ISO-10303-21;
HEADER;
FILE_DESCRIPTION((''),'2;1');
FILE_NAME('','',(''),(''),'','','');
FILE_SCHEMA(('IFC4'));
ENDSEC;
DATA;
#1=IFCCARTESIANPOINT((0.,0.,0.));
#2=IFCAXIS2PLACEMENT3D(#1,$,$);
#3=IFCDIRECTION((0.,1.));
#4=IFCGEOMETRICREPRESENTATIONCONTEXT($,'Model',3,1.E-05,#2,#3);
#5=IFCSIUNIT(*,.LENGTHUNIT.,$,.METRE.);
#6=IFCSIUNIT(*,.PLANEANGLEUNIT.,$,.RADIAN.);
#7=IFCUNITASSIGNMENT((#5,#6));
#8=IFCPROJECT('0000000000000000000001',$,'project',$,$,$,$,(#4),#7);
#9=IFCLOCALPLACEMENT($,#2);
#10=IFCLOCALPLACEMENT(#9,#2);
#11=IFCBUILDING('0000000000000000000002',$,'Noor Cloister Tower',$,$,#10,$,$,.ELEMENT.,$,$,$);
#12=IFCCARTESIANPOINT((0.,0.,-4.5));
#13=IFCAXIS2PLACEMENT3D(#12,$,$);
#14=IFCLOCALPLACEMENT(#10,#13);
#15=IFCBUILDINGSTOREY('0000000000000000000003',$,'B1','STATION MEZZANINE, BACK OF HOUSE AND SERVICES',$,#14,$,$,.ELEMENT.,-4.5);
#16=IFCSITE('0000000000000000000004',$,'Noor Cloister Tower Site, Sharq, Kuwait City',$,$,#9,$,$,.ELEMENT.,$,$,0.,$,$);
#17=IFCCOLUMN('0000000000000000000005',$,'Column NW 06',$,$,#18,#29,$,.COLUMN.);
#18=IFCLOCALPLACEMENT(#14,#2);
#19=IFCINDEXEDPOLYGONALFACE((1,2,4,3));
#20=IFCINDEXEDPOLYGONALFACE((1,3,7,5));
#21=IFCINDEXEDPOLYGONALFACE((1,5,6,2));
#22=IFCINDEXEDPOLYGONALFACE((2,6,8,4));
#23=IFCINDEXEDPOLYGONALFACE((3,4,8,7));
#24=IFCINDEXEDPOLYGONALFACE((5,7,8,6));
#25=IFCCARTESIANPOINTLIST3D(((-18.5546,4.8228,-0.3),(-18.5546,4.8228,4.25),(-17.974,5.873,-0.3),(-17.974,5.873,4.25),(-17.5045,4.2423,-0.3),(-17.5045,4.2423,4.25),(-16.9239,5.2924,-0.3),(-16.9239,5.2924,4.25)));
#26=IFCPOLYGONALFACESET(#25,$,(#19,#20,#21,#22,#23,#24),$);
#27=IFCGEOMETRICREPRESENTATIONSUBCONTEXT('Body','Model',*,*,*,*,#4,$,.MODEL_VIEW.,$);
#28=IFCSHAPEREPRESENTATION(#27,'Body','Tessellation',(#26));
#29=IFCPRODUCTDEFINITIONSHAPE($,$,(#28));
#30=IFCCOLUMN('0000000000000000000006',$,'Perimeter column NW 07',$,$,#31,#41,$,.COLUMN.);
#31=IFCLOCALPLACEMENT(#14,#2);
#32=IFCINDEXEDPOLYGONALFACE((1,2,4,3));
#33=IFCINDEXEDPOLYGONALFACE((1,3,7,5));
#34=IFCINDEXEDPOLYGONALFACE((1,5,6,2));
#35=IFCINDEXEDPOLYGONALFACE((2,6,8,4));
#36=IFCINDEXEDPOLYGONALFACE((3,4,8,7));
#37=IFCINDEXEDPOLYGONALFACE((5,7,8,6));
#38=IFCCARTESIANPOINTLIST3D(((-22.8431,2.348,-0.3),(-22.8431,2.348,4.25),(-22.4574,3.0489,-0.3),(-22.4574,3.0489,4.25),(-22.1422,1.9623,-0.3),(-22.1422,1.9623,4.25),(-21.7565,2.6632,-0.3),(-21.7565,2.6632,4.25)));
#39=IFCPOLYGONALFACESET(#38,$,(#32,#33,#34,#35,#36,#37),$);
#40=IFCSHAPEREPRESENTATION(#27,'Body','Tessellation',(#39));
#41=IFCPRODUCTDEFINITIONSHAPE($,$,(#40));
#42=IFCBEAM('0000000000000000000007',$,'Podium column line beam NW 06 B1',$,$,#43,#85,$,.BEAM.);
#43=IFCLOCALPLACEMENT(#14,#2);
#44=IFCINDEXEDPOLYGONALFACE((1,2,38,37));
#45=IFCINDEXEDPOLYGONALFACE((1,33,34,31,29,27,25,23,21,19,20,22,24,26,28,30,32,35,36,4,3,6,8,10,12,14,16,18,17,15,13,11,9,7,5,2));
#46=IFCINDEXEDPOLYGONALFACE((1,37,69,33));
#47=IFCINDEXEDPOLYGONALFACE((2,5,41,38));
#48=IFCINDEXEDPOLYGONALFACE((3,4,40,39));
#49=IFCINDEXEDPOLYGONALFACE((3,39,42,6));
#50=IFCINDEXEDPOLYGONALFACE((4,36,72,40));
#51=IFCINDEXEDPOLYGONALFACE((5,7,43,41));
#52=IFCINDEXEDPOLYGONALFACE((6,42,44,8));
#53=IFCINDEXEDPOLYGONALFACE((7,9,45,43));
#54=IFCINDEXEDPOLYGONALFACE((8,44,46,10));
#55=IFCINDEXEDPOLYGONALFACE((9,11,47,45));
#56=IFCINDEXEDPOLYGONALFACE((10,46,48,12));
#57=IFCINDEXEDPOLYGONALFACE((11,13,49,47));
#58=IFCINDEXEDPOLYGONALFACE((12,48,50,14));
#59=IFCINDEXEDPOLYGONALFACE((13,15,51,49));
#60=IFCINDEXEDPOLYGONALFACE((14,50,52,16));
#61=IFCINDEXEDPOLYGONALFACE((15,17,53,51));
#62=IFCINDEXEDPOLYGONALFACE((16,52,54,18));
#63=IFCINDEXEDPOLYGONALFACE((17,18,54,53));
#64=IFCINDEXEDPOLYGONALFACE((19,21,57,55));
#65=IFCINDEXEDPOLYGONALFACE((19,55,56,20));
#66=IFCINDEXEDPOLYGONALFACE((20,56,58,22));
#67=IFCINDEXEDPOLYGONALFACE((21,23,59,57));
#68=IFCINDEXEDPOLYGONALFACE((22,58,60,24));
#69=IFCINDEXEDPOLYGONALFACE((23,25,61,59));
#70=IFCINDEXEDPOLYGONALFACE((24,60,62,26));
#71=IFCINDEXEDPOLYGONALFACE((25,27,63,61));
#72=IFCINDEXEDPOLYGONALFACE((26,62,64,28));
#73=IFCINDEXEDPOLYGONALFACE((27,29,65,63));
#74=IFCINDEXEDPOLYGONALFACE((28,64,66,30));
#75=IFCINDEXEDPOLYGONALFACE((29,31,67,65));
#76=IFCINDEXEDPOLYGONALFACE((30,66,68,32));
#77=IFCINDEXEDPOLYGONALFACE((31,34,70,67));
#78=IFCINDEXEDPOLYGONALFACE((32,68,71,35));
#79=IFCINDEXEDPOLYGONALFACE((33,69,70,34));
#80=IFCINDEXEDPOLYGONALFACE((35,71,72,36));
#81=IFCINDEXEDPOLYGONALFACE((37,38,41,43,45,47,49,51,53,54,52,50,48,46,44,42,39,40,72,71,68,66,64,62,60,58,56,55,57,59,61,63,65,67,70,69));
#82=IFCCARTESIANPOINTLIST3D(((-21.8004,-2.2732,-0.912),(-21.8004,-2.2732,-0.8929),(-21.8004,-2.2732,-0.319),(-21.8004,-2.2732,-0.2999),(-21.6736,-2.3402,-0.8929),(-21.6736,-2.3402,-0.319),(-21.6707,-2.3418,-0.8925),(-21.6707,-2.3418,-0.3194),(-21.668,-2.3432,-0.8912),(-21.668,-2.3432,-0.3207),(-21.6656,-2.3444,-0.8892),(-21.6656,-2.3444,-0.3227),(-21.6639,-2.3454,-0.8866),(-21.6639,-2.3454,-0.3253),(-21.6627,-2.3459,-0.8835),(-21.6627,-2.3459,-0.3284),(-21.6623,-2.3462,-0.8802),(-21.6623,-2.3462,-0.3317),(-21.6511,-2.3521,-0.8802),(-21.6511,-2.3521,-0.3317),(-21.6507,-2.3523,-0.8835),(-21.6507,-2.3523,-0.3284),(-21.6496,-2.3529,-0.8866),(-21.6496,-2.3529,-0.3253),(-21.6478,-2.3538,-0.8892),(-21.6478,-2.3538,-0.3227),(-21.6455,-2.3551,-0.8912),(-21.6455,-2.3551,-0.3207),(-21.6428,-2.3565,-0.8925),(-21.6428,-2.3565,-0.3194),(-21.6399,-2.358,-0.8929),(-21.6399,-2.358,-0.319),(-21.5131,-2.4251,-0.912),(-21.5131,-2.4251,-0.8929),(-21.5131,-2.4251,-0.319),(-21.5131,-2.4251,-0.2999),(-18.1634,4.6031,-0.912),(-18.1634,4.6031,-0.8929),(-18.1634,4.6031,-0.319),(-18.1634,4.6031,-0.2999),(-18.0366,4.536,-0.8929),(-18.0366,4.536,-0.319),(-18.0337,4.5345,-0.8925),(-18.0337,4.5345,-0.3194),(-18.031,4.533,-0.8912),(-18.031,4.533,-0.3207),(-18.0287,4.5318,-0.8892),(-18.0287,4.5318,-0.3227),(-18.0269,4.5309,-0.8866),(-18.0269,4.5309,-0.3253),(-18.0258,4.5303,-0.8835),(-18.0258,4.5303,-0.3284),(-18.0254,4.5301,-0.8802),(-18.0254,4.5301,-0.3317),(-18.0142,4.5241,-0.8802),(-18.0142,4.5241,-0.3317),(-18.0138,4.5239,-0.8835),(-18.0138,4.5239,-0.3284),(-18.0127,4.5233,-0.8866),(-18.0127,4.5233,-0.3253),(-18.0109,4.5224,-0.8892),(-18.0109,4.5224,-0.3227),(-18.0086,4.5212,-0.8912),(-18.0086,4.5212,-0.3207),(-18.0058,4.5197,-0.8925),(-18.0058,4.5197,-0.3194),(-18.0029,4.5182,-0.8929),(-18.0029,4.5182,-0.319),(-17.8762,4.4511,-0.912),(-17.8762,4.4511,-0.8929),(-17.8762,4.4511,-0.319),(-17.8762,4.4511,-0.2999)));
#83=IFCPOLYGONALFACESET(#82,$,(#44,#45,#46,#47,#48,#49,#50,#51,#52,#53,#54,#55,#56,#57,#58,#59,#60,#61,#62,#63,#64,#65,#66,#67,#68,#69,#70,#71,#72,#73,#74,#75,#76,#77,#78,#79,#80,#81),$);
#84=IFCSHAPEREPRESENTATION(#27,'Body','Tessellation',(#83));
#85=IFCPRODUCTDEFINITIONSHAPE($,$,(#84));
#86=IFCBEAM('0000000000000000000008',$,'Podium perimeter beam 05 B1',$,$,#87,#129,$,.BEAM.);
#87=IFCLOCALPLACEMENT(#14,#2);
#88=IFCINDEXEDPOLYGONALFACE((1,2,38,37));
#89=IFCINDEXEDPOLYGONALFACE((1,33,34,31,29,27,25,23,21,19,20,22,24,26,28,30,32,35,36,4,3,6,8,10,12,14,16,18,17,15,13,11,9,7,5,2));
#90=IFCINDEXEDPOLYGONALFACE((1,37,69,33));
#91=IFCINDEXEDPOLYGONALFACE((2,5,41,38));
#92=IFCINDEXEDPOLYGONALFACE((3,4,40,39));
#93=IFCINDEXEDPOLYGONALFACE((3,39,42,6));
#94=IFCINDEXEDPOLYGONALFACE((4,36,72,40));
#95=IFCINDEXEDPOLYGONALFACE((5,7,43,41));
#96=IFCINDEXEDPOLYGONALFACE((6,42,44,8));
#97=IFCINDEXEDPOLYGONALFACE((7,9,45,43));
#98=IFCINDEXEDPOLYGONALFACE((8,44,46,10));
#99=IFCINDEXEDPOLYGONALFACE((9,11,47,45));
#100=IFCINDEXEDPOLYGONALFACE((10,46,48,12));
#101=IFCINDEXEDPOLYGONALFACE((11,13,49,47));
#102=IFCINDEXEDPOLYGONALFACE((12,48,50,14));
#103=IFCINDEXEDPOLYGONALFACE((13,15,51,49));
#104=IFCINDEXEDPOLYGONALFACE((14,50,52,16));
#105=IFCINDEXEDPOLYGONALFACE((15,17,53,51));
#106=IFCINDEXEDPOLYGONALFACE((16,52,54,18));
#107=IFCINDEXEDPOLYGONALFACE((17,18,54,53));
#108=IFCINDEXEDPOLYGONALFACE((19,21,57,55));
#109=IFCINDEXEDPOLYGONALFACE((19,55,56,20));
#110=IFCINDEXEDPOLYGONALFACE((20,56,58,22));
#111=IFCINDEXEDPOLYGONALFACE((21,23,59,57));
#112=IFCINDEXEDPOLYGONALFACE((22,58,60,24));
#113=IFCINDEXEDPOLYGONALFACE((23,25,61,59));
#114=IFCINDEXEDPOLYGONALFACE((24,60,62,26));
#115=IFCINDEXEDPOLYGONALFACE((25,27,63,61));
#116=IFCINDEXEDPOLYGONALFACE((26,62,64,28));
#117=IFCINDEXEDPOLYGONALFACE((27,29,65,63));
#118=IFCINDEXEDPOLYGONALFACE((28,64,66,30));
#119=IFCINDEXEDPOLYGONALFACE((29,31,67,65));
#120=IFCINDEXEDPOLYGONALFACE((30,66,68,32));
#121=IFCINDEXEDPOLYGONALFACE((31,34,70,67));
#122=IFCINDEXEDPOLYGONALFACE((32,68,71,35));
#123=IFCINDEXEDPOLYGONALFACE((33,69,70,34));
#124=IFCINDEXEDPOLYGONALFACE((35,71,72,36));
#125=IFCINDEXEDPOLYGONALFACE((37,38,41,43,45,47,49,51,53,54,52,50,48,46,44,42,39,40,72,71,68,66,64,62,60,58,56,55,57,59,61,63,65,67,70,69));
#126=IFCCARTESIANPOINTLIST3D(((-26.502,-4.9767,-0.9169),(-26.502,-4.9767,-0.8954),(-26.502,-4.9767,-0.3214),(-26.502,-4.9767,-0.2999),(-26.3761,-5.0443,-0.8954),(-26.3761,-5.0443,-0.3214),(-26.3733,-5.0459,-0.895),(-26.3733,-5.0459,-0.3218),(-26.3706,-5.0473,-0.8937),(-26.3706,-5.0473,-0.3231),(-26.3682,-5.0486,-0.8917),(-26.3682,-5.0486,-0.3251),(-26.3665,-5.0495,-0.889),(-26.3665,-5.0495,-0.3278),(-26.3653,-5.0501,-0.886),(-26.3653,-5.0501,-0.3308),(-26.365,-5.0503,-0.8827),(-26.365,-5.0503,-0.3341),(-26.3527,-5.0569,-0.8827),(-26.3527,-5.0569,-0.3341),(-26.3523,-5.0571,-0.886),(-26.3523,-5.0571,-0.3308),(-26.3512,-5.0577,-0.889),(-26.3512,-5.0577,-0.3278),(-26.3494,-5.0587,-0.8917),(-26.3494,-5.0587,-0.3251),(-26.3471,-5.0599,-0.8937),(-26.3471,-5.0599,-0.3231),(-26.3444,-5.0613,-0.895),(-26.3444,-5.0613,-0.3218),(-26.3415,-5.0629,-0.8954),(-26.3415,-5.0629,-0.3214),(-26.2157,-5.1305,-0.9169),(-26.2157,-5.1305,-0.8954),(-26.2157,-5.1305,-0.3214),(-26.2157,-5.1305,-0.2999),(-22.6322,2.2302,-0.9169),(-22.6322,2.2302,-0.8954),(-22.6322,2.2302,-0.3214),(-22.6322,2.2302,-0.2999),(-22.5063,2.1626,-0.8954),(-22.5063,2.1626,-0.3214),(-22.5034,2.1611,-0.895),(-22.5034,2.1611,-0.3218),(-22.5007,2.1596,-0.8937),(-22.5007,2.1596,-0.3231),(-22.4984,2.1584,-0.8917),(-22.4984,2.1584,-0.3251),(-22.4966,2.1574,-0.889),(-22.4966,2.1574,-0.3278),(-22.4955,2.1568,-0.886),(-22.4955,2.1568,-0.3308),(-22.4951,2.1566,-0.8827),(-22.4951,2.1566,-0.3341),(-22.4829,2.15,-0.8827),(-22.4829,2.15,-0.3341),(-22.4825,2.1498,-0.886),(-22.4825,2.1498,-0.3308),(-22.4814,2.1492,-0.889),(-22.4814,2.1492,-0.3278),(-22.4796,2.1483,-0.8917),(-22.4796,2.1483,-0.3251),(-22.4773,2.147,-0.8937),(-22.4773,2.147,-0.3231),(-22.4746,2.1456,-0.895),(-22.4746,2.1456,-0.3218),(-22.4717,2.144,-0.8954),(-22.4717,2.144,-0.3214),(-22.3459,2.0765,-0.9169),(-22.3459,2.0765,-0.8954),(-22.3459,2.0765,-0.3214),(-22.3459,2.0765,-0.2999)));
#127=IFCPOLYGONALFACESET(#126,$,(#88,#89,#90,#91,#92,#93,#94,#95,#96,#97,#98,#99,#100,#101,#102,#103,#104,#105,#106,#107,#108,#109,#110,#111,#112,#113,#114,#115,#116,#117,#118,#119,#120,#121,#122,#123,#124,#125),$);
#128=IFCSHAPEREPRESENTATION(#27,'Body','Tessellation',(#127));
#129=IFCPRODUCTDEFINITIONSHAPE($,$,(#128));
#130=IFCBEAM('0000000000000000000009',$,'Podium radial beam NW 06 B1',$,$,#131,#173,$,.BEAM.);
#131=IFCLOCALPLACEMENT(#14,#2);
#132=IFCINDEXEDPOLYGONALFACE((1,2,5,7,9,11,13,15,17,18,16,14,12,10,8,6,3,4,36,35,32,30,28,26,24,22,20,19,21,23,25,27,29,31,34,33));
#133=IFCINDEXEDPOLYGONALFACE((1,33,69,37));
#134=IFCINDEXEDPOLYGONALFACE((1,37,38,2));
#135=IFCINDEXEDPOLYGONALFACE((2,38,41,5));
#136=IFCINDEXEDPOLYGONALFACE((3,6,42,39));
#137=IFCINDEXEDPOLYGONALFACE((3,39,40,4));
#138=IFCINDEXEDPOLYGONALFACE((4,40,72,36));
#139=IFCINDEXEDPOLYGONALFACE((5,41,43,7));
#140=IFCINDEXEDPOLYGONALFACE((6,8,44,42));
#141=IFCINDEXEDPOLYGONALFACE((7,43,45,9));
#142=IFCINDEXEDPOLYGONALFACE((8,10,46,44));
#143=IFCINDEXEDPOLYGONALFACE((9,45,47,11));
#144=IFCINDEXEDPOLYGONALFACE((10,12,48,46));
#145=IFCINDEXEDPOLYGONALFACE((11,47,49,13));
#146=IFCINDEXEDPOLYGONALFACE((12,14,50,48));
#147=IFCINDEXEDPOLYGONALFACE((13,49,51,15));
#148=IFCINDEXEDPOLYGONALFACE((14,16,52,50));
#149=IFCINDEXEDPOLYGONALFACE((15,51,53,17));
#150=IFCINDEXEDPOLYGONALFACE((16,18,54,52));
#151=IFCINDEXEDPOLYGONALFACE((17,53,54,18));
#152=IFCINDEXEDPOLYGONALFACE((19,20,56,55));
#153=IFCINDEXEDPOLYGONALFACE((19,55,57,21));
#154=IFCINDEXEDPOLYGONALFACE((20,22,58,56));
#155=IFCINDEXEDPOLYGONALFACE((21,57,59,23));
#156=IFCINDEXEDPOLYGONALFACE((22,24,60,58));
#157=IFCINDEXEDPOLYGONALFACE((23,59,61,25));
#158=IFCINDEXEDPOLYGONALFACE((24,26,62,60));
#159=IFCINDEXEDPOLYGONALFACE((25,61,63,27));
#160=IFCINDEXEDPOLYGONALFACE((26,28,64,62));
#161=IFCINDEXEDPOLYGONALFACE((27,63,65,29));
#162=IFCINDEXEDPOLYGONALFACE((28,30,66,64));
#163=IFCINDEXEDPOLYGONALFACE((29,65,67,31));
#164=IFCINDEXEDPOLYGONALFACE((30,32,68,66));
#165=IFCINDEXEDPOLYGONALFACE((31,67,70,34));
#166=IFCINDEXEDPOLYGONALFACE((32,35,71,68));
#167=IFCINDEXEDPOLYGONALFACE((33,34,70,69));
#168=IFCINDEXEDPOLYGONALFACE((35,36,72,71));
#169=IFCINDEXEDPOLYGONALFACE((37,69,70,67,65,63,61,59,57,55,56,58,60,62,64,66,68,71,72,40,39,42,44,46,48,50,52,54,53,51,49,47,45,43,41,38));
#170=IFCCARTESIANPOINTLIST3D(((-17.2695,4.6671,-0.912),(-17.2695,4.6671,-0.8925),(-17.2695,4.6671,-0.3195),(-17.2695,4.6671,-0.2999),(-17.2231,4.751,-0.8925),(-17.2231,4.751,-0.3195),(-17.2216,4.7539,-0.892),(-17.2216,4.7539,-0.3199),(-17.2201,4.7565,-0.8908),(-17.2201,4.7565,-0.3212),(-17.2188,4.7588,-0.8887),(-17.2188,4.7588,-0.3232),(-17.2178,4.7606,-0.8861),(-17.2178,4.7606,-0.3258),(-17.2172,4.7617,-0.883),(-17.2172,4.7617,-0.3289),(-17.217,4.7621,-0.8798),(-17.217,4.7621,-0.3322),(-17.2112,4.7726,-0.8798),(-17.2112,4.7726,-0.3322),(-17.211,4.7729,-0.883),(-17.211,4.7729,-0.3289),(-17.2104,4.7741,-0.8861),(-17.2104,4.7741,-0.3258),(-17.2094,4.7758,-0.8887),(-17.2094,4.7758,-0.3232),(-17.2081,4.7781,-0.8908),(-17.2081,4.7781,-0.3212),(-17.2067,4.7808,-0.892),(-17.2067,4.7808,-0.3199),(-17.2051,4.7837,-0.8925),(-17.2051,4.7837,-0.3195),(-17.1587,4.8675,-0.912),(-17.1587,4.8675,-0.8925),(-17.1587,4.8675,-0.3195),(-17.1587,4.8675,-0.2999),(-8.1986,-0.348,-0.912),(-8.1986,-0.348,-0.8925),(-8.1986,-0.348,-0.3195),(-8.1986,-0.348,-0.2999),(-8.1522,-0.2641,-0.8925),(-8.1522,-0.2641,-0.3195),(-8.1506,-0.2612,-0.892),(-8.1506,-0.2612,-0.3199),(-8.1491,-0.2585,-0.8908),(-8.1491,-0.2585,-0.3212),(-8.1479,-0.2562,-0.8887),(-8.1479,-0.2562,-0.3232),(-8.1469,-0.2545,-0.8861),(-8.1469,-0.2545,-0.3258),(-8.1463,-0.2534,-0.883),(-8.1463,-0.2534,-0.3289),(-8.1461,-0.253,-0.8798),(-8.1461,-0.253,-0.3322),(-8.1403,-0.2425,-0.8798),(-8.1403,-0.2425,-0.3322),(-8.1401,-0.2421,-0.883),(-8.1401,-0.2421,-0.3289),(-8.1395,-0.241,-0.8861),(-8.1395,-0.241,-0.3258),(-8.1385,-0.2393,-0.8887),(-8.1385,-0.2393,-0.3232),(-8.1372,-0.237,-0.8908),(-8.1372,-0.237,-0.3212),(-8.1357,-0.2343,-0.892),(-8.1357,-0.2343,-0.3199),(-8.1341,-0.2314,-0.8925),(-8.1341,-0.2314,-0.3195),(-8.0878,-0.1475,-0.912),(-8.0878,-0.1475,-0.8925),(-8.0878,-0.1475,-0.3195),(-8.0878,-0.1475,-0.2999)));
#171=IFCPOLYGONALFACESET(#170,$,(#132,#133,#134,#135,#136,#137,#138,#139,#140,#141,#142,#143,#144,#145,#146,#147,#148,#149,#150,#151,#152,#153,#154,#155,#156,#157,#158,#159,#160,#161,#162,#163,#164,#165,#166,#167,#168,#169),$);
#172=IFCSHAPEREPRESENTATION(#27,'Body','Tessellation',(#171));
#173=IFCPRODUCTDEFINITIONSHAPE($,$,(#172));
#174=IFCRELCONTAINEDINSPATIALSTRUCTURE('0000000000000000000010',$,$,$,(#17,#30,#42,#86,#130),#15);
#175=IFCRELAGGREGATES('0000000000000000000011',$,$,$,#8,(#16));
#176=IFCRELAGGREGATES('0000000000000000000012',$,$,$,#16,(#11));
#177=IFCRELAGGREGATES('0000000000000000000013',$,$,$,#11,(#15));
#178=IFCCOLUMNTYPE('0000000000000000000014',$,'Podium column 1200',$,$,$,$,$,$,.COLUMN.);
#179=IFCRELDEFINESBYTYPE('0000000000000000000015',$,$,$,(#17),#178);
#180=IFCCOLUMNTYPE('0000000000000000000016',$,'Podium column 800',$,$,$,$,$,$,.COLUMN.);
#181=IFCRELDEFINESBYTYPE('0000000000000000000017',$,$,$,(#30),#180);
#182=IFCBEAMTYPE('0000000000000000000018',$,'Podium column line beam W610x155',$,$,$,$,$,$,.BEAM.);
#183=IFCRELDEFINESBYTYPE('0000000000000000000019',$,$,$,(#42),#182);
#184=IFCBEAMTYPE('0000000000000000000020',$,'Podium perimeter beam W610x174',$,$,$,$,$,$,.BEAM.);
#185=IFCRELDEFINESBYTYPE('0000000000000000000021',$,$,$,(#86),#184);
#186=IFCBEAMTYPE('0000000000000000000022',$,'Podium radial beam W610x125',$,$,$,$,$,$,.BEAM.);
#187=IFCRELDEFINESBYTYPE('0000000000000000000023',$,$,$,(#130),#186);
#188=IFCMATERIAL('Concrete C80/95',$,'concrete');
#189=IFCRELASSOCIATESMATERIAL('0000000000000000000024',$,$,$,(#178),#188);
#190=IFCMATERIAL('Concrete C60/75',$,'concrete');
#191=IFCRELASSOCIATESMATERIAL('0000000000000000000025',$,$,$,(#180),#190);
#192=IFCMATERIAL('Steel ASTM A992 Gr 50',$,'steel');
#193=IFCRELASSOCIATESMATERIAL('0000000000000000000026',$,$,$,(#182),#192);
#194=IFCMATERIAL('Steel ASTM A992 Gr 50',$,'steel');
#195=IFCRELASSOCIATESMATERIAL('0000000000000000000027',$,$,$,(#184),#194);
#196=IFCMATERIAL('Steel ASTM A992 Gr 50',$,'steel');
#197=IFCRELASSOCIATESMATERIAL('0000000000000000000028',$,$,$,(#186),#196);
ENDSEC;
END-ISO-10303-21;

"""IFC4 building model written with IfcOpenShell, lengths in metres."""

from ifc_helpers import new_model, si_unit, direction, frame, origin, origin_2d, place, context, subcontext, project, spatial, rectangle, i_section, extrude, material, material_profile, profile_set, type_object, element, save


model = new_model("IFC4")

# Units and contexts
model_context = context("Model", 3, precision=1e-05, world=origin(), true_north=direction((0.0, 1.0)))
body_context = subcontext(model_context, "Body", "Model", "MODEL_VIEW")
ifc_project = project(units=[si_unit("LENGTHUNIT", "METRE"), si_unit("PLANEANGLEUNIT", "RADIAN")], contexts=[model_context])

# Site, building, storey
site_placement = place(None, origin())
site = spatial("IfcSite", under=ifc_project, at=site_placement, Name="Noor Cloister Tower Site, Sharq, Kuwait City", CompositionType="ELEMENT", RefElevation=0.0)
building_placement = place(site_placement, origin())
building = spatial("IfcBuilding", under=site, at=building_placement, Name="Noor Cloister Tower", CompositionType="ELEMENT")
storey_placement = place(building_placement, frame((0.0, 0.0, -4.5)))
storey = spatial("IfcBuildingStorey", under=building, at=storey_placement, Name="B1", Description="STATION MEZZANINE, BACK OF HOUSE AND SERVICES", CompositionType="ELEMENT", Elevation=-4.5)

# Columns
ifc_material_1 = material(Name="Concrete C80/95", Category="concrete")
ifc_material_profile_1 = material_profile(ifc_material_1, rectangle(XDim=1.2, YDim=1.2, at=origin_2d()), Name="Podium column 1200")
ifc_profile_set_1 = profile_set([ifc_material_profile_1], Name="Concrete C80/95")
column_type_1 = type_object("IfcColumnType", Name="Podium column 1200", PredefinedType="COLUMN", material=ifc_profile_set_1)
column_1_placement = place(storey_placement, frame((-17.7393, 5.0576, -0.3), z_axis=(0.0, 0.0, 1.0), x_axis=(-0.875153, 0.483847, 0.0)))
element("IfcColumn", 1, at=column_1_placement, inside=storey, type_object=column_type_1, Name="Column NW 06", PredefinedType="COLUMN", context=body_context, shape_type="SweptSolid", body=[
    extrude(rectangle(XDim=1.2, YDim=1.2, at=origin_2d()), origin(), (0.0, 0.0, 1.0), 4.55),
])
ifc_material_2 = material(Name="Concrete C60/75", Category="concrete")
ifc_material_profile_2 = material_profile(ifc_material_2, rectangle(XDim=0.8, YDim=0.8, at=origin_2d()), Name="Podium column 800")
ifc_profile_set_2 = profile_set([ifc_material_profile_2], Name="Concrete C60/75")
column_type_2 = type_object("IfcColumnType", Name="Podium column 800", PredefinedType="COLUMN", material=ifc_profile_set_2)
column_2_placement = place(storey_placement, frame((-22.2998, 2.5056, -0.3), z_axis=(0.0, 0.0, 1.0), x_axis=(-0.876111, 0.482109, 0.0)))
element("IfcColumn", 2, at=column_2_placement, inside=storey, type_object=column_type_2, Name="Perimeter column NW 07", PredefinedType="COLUMN", context=body_context, shape_type="SweptSolid", body=[
    extrude(rectangle(XDim=0.8, YDim=0.8, at=origin_2d()), origin(), (0.0, 0.0, 1.0), 4.55),
])

# Beams
ifc_material_3 = material(Name="Steel ASTM A992 Gr 50", Category="steel")
ifc_material_profile_3 = material_profile(ifc_material_3, i_section(OverallWidth=0.325, OverallDepth=0.6121, WebThickness=0.0127, FlangeThickness=0.019, FilletRadius=0.0127, at=origin_2d()), Name="W610x155")
ifc_profile_set_3 = profile_set([ifc_material_profile_3], Name="Steel ASTM A992 Gr 50")
beam_type_1 = type_object("IfcBeamType", Name="Podium column line beam W610x155", PredefinedType="BEAM", material=ifc_profile_set_3)
beam_1_placement = place(storey_placement, frame((-18.0198, 4.5271, -0.606), z_axis=(-0.467547, -0.883968, 0.0), x_axis=(0.883968, -0.467547, 0.0)))
element("IfcBeam", 3, at=beam_1_placement, inside=storey, type_object=beam_type_1, Name="Podium column line beam NW 06 B1", PredefinedType="BEAM", context=body_context, shape_type="SweptSolid", body=[
    extrude(i_section(OverallWidth=0.325, OverallDepth=0.6121, WebThickness=0.0127, FlangeThickness=0.019, FilletRadius=0.0127, at=origin_2d()), origin(), (0.0, 0.0, 1.0), 7.7788),
])
ifc_material_4 = material(Name="Steel ASTM A992 Gr 50", Category="steel")
ifc_material_profile_4 = material_profile(ifc_material_4, i_section(OverallWidth=0.325, OverallDepth=0.6169, WebThickness=0.0139, FlangeThickness=0.0215, FilletRadius=0.0127, at=origin_2d()), Name="W610x174")
ifc_profile_set_4 = profile_set([ifc_material_profile_4], Name="Steel ASTM A992 Gr 50")
beam_type_2 = type_object("IfcBeamType", Name="Podium perimeter beam W610x174", PredefinedType="BEAM", material=ifc_profile_set_4)
beam_2_placement = place(storey_placement, frame((-22.489, 2.1533, -0.6084), z_axis=(-0.473073, -0.881023, 0.0), x_axis=(0.881023, -0.473073, 0.0)))
element("IfcBeam", 4, at=beam_2_placement, inside=storey, type_object=beam_type_2, Name="Podium perimeter beam 05 B1", PredefinedType="BEAM", context=body_context, shape_type="SweptSolid", body=[
    extrude(i_section(OverallWidth=0.325, OverallDepth=0.6169, WebThickness=0.0139, FlangeThickness=0.0215, FilletRadius=0.0127, at=origin_2d()), origin(), (0.0, 0.0, 1.0), 8.1802),
])
ifc_material_5 = material(Name="Steel ASTM A992 Gr 50", Category="steel")
ifc_material_profile_5 = material_profile(ifc_material_5, i_section(OverallWidth=0.229, OverallDepth=0.6121, WebThickness=0.012, FlangeThickness=0.0195, FilletRadius=0.0127, at=origin_2d()), Name="W610x125")
ifc_profile_set_5 = profile_set([ifc_material_profile_5], Name="Steel ASTM A992 Gr 50")
beam_type_3 = type_object("IfcBeamType", Name="Podium radial beam W610x125", PredefinedType="BEAM", material=ifc_profile_set_5)
beam_3_placement = place(storey_placement, frame((-17.2141, 4.7673, -0.606), z_axis=(0.875152, -0.483848, 0.0), x_axis=(0.483848, 0.875152, 0.0)))
element("IfcBeam", 5, at=beam_3_placement, inside=storey, type_object=beam_type_3, Name="Podium radial beam NW 06 B1", PredefinedType="BEAM", context=body_context, shape_type="SweptSolid", body=[
    extrude(i_section(OverallWidth=0.229, OverallDepth=0.6121, WebThickness=0.012, FlangeThickness=0.0195, FilletRadius=0.0127, at=origin_2d()), origin(), (0.0, 0.0, 1.0), 10.365),
])

save(model, "model.ifc")
